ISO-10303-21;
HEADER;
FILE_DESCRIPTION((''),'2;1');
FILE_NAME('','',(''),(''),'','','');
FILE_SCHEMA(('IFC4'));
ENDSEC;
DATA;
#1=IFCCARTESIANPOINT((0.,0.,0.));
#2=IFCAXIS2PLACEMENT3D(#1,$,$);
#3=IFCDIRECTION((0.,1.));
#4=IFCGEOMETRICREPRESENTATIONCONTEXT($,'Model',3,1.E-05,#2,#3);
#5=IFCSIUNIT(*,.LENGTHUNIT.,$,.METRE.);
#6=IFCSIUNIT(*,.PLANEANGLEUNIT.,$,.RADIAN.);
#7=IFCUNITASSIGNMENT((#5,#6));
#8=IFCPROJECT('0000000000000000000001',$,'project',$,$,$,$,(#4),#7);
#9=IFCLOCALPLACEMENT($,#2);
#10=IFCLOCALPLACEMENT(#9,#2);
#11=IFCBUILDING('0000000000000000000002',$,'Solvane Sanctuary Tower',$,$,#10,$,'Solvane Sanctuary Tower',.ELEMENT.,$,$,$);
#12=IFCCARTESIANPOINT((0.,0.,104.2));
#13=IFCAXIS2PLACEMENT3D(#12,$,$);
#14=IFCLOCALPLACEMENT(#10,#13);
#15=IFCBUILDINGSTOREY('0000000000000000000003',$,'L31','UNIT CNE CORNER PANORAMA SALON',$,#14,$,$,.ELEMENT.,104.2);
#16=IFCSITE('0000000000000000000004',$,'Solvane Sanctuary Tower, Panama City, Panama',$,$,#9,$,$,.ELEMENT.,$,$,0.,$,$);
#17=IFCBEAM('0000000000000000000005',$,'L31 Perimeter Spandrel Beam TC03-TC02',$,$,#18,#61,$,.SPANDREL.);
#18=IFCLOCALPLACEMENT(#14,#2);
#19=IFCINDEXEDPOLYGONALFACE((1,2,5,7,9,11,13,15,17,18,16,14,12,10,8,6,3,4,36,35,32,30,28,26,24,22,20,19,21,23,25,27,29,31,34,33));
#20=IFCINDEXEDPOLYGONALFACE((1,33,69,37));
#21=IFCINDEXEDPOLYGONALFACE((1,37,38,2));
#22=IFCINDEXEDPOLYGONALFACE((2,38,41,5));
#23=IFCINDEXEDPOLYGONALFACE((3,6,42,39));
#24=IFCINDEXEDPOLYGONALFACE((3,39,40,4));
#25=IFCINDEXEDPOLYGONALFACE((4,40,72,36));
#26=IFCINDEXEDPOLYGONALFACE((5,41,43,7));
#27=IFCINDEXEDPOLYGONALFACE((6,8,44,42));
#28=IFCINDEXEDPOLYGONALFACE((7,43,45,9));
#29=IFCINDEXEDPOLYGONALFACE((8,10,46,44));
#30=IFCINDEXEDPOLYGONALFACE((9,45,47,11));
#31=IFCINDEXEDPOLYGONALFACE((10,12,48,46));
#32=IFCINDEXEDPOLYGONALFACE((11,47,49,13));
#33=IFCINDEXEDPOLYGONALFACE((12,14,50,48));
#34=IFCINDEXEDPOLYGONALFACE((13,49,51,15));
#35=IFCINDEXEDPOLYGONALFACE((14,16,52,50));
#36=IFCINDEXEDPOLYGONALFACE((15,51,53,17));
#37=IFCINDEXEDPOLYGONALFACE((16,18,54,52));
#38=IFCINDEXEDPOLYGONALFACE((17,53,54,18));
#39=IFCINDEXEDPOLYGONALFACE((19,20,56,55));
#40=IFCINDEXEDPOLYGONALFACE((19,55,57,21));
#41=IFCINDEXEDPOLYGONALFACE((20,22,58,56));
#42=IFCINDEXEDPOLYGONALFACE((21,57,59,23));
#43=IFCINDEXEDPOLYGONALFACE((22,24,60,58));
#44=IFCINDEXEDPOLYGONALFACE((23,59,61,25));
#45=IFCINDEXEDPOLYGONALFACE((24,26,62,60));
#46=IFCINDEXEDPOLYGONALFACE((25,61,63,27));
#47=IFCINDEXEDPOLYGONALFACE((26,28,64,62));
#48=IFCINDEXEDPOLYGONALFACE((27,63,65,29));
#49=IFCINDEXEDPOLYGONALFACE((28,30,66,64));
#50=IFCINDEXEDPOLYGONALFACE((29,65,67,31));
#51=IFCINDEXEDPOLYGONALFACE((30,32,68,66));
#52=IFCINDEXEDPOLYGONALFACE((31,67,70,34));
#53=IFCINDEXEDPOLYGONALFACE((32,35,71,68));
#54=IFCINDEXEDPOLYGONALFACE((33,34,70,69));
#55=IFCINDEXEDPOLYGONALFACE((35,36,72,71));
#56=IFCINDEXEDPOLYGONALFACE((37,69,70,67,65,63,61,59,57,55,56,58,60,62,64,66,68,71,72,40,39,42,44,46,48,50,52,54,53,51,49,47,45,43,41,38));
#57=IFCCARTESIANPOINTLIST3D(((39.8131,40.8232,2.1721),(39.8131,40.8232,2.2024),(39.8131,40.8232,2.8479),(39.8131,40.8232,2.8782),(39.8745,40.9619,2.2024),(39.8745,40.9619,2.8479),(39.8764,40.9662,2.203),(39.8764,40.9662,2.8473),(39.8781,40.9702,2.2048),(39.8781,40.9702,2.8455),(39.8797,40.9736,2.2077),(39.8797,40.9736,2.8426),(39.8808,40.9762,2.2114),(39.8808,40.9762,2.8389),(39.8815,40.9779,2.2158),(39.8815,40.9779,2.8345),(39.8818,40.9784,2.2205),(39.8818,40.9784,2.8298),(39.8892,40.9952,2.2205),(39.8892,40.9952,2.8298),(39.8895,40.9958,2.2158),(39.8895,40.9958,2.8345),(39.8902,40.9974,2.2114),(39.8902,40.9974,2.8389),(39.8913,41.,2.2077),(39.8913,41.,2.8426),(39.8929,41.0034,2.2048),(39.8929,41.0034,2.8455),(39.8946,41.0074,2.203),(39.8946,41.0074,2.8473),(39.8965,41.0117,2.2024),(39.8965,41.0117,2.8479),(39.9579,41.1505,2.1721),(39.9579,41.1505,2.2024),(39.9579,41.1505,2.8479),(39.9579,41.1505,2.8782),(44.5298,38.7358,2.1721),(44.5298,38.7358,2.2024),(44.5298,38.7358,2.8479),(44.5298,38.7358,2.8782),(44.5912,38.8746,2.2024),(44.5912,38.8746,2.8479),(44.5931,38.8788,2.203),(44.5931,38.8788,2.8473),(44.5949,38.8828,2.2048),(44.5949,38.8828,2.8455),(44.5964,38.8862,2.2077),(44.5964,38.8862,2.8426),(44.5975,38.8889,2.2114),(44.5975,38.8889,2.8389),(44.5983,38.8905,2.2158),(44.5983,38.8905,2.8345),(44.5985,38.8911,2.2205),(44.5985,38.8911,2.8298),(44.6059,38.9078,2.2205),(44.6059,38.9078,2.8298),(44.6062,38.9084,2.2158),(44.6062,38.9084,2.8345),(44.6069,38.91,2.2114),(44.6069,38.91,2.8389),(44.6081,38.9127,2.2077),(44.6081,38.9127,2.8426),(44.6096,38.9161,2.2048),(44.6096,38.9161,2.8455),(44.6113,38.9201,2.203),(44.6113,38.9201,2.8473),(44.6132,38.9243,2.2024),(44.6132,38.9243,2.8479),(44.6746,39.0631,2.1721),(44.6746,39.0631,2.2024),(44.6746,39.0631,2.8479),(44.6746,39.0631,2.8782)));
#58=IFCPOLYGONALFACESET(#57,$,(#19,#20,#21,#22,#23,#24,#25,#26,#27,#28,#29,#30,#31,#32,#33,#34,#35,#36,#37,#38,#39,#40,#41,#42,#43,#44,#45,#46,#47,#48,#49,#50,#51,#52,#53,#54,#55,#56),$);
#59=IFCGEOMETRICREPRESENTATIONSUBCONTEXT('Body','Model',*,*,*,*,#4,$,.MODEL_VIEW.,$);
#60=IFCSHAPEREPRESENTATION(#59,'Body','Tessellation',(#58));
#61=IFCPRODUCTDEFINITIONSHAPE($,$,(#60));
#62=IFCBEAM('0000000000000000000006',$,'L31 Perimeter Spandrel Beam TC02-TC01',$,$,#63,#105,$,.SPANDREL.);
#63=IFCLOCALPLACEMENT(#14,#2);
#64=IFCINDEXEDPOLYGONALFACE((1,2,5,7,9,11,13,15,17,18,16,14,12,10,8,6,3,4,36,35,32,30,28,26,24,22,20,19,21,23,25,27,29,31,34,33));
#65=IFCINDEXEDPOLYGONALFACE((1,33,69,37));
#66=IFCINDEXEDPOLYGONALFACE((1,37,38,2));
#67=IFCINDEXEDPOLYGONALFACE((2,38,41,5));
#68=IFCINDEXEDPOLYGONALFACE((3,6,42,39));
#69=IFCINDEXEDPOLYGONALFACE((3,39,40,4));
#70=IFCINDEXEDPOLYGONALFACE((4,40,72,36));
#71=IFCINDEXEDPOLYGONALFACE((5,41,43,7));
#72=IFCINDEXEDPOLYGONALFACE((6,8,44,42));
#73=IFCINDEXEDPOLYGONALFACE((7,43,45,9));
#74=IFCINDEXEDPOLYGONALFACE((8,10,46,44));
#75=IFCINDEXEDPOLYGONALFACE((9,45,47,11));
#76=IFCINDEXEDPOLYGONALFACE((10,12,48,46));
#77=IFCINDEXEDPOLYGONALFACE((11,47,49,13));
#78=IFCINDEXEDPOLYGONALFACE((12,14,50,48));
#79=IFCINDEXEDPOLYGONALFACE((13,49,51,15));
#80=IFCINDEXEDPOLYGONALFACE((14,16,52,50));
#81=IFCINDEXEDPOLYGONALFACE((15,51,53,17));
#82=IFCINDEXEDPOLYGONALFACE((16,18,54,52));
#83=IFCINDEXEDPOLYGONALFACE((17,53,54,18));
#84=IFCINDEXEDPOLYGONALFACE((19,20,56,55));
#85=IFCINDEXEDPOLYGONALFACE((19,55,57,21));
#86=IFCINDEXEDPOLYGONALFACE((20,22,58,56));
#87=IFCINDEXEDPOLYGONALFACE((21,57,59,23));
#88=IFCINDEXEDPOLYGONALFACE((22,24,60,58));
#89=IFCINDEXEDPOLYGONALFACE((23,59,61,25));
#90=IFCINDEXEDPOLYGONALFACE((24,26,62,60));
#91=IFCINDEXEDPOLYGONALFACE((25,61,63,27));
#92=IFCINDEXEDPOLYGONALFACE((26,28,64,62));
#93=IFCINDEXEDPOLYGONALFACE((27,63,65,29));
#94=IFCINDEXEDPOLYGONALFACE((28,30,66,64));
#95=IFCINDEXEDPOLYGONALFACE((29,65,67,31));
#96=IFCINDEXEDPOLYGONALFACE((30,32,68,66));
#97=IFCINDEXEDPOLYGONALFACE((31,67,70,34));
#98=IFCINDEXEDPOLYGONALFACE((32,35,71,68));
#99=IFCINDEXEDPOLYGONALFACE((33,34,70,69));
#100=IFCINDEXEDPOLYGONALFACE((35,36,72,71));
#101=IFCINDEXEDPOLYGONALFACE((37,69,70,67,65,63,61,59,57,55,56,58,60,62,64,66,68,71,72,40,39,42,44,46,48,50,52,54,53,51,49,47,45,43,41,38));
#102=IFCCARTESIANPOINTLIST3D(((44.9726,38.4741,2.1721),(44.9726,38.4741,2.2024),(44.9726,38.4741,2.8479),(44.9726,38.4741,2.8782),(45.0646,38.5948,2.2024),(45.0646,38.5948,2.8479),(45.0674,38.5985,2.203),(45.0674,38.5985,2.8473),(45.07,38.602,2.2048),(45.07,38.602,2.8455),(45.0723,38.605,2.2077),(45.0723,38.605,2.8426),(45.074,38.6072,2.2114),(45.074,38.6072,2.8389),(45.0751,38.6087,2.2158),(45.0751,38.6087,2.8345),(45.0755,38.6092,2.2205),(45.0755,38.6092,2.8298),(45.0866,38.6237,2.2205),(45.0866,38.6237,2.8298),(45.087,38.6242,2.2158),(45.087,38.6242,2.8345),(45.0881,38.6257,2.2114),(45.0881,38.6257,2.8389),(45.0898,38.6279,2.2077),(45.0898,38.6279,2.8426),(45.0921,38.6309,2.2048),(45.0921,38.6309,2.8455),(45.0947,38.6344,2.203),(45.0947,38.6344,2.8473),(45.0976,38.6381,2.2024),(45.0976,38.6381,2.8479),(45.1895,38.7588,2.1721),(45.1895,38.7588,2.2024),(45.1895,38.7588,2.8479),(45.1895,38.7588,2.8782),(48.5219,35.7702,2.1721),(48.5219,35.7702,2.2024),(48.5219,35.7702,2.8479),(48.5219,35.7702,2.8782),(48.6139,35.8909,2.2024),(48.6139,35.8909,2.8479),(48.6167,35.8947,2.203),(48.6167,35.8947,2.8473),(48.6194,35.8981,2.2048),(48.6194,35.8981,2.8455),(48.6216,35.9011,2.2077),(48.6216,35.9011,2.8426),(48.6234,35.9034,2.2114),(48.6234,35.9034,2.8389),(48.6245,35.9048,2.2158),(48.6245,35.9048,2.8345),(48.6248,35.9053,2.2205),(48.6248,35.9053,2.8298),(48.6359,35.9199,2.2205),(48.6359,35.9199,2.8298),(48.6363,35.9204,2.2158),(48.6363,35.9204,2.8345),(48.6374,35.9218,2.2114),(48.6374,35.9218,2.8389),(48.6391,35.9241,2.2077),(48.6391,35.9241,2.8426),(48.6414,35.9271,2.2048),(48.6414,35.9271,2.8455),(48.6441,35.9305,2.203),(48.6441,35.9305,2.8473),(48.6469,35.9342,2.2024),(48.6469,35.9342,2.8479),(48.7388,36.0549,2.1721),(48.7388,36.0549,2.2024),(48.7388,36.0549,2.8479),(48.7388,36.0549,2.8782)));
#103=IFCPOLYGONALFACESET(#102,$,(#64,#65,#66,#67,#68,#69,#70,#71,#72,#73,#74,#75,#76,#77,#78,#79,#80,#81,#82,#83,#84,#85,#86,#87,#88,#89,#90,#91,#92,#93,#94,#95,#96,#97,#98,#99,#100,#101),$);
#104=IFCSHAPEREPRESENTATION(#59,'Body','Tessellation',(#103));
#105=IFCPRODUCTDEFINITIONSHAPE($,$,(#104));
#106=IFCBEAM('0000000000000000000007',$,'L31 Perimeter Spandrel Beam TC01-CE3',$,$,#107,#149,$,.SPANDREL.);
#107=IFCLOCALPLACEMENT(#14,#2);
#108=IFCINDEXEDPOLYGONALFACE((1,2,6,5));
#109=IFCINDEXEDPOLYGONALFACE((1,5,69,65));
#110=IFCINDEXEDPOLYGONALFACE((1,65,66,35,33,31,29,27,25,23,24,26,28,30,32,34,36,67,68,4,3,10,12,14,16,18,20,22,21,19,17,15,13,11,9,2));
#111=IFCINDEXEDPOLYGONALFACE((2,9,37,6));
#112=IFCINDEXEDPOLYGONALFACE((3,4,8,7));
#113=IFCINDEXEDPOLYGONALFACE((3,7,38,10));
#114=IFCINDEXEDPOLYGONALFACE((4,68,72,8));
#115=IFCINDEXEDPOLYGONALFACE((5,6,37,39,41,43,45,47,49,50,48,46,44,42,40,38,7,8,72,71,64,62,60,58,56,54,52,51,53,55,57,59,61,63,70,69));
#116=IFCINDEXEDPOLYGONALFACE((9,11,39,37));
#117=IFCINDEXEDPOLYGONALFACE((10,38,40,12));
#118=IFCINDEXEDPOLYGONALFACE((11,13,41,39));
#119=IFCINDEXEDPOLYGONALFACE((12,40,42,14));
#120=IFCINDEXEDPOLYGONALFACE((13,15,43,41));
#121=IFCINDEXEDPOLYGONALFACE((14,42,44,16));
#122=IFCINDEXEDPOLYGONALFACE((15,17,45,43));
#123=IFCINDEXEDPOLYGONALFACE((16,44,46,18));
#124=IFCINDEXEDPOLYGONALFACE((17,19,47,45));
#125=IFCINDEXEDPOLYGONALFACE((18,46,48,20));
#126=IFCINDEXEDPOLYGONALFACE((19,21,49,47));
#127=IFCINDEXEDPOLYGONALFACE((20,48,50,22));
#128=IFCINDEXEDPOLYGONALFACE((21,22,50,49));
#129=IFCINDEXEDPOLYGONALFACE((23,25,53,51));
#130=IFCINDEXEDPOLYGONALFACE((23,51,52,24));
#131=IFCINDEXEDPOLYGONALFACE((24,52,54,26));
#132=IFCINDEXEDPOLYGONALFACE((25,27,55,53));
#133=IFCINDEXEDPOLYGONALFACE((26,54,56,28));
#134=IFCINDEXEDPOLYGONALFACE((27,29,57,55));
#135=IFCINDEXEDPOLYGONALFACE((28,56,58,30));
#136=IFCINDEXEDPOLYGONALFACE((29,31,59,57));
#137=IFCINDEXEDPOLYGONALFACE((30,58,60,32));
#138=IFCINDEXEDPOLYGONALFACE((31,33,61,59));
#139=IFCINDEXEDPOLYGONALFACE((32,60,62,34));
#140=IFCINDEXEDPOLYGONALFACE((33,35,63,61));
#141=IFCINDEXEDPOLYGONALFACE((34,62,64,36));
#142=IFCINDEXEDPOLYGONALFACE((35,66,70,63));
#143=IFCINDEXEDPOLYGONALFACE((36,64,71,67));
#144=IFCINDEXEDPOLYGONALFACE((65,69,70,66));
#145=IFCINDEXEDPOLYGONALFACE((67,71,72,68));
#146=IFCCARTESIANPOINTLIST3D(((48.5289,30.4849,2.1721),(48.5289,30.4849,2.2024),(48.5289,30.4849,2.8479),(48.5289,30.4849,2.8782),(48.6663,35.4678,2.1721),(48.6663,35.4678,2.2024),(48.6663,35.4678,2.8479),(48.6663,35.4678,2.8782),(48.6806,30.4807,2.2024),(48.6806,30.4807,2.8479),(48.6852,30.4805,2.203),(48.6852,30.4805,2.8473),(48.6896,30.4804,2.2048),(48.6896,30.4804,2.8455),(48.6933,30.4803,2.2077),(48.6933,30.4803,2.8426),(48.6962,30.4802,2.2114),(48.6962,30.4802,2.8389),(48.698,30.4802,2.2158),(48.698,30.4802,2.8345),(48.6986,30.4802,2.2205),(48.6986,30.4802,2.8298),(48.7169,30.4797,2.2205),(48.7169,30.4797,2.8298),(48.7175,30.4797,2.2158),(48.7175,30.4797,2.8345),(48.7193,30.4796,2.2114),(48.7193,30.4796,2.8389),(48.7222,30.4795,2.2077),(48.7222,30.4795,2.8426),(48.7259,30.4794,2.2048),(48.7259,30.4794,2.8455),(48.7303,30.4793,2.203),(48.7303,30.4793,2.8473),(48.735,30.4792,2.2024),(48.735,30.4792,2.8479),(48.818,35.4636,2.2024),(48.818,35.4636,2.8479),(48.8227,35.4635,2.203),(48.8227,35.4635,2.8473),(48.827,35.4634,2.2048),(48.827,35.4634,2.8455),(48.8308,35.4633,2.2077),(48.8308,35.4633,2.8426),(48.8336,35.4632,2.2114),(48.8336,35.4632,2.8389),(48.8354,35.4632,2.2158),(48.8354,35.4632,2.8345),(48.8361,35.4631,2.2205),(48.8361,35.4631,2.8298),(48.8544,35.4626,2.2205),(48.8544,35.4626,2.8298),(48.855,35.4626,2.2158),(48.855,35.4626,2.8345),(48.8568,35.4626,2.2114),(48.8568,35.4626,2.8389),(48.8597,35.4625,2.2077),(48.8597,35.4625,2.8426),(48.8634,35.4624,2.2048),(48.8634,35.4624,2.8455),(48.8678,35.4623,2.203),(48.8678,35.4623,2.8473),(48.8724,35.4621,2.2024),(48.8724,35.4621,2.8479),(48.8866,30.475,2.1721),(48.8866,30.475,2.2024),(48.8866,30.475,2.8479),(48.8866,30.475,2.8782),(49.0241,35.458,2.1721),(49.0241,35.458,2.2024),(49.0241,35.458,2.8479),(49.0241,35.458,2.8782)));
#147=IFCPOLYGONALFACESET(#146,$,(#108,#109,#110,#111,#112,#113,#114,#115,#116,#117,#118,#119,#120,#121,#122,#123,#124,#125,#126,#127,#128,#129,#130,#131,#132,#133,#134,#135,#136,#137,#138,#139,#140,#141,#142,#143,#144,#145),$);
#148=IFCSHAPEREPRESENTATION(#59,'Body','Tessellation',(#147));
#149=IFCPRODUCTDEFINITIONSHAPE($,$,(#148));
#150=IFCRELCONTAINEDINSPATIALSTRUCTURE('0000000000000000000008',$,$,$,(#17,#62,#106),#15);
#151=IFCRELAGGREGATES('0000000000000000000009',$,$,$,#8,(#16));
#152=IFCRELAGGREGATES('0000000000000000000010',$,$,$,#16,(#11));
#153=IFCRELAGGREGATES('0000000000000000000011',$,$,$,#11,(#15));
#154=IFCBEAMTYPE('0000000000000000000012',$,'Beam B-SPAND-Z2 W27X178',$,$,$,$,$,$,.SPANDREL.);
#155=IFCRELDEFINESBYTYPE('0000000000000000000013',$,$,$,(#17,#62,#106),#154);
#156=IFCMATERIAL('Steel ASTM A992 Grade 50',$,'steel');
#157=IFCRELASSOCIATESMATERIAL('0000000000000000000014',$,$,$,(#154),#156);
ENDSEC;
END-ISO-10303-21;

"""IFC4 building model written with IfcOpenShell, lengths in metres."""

from ifc_helpers import new_model, si_unit, direction, frame, origin, origin_2d, place, context, subcontext, project, spatial, i_section, extrude, material, material_profile, profile_set, type_object, element, save


model = new_model("IFC4")

# Units and contexts
model_context = context("Model", 3, precision=1e-05, world=origin(), true_north=direction((0.0, 1.0)))
body_context = subcontext(model_context, "Body", "Model", "MODEL_VIEW")
ifc_project = project(units=[si_unit("LENGTHUNIT", "METRE"), si_unit("PLANEANGLEUNIT", "RADIAN")], contexts=[model_context])

# Site, building, storey
site_placement = place(None, origin())
site = spatial("IfcSite", under=ifc_project, at=site_placement, Name="Solvane Sanctuary Tower, Panama City, Panama", CompositionType="ELEMENT", RefElevation=0.0)
building_placement = place(site_placement, origin())
building = spatial("IfcBuilding", under=site, at=building_placement, Name="Solvane Sanctuary Tower", LongName="Solvane Sanctuary Tower", CompositionType="ELEMENT")
storey_placement = place(building_placement, frame((0.0, 0.0, 104.2)))
storey = spatial("IfcBuildingStorey", under=building, at=storey_placement, Name="L31", Description="UNIT CNE CORNER PANORAMA SALON", CompositionType="ELEMENT", Elevation=104.2)

# Beams
ifc_material_1 = material(Name="Steel ASTM A992 Grade 50", Category="steel")
ifc_material_profile_1 = material_profile(ifc_material_1, i_section(OverallWidth=0.3579, OverallDepth=0.7061, WebThickness=0.0183, FlangeThickness=0.0303, FilletRadius=0.0181, at=origin_2d()), Name="W27X178")
ifc_profile_set_1 = profile_set([ifc_material_profile_1], Name="Steel ASTM A992 Grade 50")
beam_type_1 = type_object("IfcBeamType", Name="Beam B-SPAND-Z2 W27X178", PredefinedType="SPANDREL", material=ifc_profile_set_1)
beam_1_placement = place(storey_placement, frame((39.8855, 40.9868, 2.5251), z_axis=(0.914455, -0.404689, 0.0), x_axis=(0.404689, 0.914455, 0.0)))
element("IfcBeam", 1, at=beam_1_placement, inside=storey, type_object=beam_type_1, Name="L31 Perimeter Spandrel Beam TC03-TC02", PredefinedType="SPANDREL", context=body_context, shape_type="SweptSolid", body=[
    extrude(i_section(OverallWidth=0.3579, OverallDepth=0.7061, WebThickness=0.0183, FlangeThickness=0.0303, FilletRadius=0.0181, at=origin_2d()), origin(), (0.0, 0.0, 1.0), 5.158),
])
beam_2_placement = place(storey_placement, frame((45.0811, 38.6165, 2.5251), z_axis=(0.795473, -0.605989, 0.0), x_axis=(0.605989, 0.795473, 0.0)))
element("IfcBeam", 2, at=beam_2_placement, inside=storey, type_object=beam_type_1, Name="L31 Perimeter Spandrel Beam TC02-TC01", PredefinedType="SPANDREL", context=body_context, shape_type="SweptSolid", body=[
    extrude(i_section(OverallWidth=0.3579, OverallDepth=0.7061, WebThickness=0.0183, FlangeThickness=0.0303, FilletRadius=0.0181, at=origin_2d()), origin(), (0.0, 0.0, 1.0), 4.4619),
])
beam_3_placement = place(storey_placement, frame((48.8452, 35.4629, 2.5251), z_axis=(-0.027574, -0.99962, 0.0), x_axis=(0.99962, -0.027574, 0.0)))
element("IfcBeam", 3, at=beam_3_placement, inside=storey, type_object=beam_type_1, Name="L31 Perimeter Spandrel Beam TC01-CE3", PredefinedType="SPANDREL", context=body_context, shape_type="SweptSolid", body=[
    extrude(i_section(OverallWidth=0.3579, OverallDepth=0.7061, WebThickness=0.0183, FlangeThickness=0.0303, FilletRadius=0.0181, at=origin_2d()), origin(), (0.0, 0.0, 1.0), 4.9849),
])

save(model, "model.ifc")
